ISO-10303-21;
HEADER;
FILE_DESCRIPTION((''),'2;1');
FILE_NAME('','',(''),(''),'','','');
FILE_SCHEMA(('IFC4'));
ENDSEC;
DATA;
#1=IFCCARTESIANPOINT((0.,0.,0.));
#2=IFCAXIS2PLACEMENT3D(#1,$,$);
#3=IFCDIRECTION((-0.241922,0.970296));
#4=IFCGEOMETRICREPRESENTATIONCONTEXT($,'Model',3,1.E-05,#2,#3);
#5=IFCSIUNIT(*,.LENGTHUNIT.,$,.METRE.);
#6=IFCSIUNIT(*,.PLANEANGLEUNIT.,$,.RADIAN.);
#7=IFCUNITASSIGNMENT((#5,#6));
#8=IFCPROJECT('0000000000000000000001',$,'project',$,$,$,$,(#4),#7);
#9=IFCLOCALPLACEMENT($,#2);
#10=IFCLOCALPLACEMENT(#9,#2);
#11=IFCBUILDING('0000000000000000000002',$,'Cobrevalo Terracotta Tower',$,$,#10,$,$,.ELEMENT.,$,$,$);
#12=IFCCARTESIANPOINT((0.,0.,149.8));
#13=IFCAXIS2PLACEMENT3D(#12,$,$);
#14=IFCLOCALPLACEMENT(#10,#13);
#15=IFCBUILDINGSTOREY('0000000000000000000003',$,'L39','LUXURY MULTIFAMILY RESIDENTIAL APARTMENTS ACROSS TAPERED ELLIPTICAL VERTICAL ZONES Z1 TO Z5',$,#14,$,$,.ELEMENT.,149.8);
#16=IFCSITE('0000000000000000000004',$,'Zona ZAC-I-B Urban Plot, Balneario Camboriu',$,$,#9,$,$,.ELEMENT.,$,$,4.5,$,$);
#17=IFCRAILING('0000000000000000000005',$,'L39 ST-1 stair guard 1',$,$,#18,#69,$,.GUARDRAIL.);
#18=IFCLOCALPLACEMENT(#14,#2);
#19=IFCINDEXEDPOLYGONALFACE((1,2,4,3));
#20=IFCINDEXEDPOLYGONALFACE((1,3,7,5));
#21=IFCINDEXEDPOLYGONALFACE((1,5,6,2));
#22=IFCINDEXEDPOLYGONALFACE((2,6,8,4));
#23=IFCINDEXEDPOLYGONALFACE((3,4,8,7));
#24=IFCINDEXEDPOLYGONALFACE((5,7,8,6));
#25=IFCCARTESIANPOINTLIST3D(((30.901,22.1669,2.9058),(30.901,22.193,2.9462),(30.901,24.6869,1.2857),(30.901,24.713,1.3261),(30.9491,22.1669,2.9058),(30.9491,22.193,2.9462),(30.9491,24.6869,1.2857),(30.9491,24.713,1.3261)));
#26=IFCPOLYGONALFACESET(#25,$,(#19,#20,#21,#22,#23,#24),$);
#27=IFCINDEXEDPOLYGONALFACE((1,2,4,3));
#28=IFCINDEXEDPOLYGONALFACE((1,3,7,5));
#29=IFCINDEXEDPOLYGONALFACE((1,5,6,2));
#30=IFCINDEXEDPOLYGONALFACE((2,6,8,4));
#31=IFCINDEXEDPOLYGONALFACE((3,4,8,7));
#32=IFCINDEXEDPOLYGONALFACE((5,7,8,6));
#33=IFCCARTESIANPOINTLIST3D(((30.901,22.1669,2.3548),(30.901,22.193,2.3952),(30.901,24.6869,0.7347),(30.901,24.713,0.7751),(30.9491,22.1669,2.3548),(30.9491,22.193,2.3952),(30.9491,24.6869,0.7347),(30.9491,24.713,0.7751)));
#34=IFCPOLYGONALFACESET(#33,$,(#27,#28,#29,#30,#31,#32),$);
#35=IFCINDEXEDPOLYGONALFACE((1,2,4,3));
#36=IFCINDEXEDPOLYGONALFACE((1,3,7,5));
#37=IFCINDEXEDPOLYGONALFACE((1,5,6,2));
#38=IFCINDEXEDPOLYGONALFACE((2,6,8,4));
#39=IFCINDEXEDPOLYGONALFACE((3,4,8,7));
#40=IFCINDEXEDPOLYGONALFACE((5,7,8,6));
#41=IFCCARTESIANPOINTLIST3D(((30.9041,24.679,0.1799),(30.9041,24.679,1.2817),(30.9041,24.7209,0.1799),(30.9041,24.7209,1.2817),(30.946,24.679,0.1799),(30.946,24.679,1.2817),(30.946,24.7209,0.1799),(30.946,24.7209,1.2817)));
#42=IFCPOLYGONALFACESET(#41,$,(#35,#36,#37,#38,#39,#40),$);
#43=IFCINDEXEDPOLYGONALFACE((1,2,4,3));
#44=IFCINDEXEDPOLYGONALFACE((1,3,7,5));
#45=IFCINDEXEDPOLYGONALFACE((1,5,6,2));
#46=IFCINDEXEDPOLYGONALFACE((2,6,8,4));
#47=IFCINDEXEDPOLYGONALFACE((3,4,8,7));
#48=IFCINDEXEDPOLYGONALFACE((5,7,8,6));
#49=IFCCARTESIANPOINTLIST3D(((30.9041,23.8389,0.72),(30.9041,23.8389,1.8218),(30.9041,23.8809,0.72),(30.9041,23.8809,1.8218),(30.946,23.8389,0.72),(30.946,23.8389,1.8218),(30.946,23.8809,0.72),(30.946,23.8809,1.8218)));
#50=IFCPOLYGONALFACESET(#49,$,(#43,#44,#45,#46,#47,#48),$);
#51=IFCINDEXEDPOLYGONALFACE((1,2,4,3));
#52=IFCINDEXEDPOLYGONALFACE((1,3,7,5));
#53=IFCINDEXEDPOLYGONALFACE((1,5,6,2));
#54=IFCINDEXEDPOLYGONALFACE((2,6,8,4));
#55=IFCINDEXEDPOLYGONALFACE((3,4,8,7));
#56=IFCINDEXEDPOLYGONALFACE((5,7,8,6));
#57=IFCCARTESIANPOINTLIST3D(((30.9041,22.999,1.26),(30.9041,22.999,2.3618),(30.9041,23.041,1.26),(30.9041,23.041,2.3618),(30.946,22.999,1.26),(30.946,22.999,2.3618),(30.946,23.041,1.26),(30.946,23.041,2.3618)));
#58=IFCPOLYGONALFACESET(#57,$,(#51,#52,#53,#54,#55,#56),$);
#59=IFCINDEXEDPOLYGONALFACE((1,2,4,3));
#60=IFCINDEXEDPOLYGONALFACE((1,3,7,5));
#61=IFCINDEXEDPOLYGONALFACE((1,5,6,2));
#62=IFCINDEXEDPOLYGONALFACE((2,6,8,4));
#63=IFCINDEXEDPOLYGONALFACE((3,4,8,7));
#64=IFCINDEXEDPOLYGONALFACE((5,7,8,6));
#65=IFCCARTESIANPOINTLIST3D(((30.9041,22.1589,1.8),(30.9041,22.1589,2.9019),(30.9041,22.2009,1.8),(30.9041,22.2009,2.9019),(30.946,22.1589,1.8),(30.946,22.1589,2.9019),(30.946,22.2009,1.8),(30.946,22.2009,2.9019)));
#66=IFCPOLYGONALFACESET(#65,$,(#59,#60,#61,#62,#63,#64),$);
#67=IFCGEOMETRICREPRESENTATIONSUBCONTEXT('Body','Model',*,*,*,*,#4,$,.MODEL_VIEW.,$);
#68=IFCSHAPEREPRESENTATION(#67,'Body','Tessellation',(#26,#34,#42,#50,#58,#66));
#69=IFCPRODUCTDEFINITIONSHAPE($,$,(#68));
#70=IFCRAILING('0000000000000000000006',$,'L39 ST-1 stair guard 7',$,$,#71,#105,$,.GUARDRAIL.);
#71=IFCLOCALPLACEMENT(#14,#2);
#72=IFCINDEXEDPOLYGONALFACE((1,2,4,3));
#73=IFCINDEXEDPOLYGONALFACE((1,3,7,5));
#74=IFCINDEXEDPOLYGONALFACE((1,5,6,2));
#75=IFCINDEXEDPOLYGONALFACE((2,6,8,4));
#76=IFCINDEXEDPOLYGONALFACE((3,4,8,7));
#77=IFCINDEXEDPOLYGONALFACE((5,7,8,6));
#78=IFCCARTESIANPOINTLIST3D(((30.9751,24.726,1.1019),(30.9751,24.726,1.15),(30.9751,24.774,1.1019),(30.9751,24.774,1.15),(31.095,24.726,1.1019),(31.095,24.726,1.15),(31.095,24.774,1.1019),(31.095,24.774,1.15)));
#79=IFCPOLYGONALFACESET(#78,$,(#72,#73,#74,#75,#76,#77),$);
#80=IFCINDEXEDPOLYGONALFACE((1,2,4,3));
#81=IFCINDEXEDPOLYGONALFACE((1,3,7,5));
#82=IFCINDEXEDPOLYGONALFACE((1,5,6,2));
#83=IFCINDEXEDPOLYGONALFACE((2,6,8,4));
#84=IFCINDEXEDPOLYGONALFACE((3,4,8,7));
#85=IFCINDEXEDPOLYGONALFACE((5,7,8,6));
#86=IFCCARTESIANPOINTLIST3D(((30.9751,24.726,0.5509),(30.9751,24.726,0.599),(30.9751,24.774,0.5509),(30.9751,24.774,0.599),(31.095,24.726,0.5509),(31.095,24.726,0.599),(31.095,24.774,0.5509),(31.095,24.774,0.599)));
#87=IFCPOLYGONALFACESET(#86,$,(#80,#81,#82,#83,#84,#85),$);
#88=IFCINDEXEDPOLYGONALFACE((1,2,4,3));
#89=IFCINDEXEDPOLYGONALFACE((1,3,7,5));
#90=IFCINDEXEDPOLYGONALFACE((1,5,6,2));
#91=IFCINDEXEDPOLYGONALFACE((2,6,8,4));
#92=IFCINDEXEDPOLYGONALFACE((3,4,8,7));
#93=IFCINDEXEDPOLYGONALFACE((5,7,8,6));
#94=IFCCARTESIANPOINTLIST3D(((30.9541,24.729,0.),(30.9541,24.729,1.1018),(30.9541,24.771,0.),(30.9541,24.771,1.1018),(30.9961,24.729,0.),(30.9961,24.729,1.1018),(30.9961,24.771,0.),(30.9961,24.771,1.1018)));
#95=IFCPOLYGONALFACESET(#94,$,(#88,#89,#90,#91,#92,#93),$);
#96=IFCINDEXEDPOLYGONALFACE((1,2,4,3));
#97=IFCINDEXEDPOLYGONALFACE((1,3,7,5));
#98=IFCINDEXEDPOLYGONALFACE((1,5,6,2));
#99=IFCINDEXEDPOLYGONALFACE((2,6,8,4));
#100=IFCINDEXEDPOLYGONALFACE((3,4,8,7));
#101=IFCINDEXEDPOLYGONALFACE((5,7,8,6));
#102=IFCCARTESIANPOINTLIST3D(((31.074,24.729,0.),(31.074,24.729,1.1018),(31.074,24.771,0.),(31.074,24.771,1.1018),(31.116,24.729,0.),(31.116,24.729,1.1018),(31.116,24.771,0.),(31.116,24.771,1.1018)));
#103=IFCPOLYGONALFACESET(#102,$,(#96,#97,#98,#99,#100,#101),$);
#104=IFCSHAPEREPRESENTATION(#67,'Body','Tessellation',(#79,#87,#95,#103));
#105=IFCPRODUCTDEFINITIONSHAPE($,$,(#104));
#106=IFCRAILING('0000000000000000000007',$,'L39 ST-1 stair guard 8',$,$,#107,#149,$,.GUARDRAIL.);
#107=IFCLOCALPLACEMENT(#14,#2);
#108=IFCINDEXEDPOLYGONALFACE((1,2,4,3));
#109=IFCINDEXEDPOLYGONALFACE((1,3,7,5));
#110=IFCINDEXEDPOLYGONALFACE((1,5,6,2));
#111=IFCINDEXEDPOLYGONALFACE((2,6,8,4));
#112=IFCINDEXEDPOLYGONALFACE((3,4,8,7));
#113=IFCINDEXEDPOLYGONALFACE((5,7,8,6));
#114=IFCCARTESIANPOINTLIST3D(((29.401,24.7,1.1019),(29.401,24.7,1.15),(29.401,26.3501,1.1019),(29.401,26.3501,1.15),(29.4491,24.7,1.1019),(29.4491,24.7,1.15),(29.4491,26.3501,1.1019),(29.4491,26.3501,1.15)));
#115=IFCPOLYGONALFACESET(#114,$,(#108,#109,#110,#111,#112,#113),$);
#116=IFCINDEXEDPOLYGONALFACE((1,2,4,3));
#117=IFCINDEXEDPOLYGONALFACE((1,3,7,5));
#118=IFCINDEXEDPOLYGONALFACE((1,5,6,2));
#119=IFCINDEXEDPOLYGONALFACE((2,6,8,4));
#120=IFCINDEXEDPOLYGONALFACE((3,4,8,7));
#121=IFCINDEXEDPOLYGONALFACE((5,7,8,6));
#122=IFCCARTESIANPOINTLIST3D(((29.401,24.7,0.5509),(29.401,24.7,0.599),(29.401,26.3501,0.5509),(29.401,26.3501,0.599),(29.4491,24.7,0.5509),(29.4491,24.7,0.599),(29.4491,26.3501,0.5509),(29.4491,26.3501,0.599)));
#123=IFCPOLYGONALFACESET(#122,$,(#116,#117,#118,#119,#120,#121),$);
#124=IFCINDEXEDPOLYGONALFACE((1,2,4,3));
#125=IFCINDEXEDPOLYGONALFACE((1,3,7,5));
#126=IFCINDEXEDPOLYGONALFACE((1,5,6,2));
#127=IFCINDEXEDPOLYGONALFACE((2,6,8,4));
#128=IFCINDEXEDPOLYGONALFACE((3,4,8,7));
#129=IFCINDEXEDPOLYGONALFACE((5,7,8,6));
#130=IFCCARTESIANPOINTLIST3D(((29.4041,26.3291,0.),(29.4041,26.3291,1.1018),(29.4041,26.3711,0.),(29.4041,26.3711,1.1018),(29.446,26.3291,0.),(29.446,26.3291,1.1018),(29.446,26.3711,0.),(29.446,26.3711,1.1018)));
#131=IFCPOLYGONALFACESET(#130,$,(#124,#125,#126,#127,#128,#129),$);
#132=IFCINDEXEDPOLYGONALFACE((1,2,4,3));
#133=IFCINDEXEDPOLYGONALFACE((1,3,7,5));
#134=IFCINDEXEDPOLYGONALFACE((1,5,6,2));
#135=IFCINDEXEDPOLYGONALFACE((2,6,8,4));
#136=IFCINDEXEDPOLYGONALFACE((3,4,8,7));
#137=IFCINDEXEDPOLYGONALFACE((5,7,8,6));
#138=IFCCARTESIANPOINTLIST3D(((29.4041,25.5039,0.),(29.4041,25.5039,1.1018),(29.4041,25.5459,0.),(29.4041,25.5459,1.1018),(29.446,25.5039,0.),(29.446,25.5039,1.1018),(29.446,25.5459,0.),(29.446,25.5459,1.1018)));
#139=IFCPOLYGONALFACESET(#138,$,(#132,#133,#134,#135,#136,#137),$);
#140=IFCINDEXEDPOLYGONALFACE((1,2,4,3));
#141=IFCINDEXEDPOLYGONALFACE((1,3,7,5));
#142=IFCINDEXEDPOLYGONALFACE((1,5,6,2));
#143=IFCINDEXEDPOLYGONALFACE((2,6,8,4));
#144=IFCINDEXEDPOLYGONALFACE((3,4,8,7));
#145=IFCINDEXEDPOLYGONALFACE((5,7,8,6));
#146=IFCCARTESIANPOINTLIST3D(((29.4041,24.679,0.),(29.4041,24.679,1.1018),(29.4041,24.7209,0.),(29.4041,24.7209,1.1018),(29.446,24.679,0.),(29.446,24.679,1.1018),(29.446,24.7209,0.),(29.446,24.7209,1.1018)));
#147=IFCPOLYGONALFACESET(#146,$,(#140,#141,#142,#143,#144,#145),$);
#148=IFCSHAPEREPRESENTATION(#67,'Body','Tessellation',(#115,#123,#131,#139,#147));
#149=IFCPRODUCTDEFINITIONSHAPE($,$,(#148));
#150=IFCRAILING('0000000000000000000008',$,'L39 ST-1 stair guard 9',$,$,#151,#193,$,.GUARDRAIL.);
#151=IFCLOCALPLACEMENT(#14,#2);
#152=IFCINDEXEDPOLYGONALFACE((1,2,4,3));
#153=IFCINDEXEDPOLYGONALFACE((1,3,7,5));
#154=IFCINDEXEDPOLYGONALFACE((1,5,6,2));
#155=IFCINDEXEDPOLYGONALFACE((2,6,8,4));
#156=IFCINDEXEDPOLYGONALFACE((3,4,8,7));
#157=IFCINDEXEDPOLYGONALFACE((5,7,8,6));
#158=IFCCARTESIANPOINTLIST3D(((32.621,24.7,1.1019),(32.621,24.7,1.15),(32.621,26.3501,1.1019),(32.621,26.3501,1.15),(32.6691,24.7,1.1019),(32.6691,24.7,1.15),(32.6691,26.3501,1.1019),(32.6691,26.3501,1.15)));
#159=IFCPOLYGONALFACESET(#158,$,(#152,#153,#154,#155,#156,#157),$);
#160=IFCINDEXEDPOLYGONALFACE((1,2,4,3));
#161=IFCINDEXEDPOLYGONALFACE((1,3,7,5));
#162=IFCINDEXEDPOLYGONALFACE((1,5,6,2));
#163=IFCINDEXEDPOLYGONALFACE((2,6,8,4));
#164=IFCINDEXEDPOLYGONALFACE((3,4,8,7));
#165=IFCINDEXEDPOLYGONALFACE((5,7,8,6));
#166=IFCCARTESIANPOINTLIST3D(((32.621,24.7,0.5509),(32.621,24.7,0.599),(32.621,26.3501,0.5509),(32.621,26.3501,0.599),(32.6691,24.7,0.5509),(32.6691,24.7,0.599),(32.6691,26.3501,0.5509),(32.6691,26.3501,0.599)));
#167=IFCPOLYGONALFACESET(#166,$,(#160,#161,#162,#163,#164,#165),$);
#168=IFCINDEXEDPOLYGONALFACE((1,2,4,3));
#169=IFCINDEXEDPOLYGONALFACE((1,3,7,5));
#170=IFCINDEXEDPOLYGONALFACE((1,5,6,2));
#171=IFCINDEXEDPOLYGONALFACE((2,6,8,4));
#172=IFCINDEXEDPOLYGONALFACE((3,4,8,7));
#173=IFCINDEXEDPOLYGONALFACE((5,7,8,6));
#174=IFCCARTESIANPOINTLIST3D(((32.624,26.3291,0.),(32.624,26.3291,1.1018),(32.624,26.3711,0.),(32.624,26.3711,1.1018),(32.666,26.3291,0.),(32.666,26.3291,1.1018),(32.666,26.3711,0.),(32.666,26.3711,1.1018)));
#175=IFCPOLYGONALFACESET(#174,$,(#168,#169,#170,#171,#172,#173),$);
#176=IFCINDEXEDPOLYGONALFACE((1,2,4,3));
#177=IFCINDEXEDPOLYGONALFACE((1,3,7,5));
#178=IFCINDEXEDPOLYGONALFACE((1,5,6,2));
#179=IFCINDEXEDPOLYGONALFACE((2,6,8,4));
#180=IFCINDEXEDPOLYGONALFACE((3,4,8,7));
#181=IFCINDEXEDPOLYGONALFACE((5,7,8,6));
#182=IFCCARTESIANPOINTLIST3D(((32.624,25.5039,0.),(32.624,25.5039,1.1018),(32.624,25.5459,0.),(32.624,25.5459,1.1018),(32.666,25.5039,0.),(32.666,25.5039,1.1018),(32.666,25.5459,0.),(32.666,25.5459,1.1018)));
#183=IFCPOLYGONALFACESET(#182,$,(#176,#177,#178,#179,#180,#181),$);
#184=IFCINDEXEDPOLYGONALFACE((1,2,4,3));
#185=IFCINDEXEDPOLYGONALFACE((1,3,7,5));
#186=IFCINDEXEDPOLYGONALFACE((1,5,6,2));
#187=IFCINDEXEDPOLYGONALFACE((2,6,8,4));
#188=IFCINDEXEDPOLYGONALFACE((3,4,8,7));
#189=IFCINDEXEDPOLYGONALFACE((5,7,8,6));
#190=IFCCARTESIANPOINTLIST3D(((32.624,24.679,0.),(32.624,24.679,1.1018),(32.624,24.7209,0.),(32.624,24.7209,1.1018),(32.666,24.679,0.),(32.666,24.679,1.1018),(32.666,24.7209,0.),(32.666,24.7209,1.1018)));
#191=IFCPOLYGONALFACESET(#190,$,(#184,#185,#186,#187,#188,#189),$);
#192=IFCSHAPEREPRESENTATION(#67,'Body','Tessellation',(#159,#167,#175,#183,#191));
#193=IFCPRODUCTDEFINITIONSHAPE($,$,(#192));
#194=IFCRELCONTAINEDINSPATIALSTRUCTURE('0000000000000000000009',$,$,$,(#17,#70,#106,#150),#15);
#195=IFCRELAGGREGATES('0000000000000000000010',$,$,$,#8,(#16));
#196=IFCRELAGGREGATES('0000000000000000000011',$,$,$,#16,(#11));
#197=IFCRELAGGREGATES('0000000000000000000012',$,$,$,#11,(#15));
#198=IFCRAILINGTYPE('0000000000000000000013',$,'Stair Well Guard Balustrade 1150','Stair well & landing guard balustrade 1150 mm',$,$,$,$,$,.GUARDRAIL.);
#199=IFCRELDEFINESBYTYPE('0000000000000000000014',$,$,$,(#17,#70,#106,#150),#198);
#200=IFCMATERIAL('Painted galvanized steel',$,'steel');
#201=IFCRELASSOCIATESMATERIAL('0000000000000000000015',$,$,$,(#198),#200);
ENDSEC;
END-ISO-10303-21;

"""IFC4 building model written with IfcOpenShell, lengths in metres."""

from ifc_helpers import new_model, si_unit, direction, frame, origin, origin_2d, place, context, subcontext, project, spatial, rectangle, extrude, material, type_object, element, save


model = new_model("IFC4")

# Units and contexts
model_context = context("Model", 3, precision=1e-05, world=origin(), true_north=direction((-0.241922, 0.970296)))
body_context = subcontext(model_context, "Body", "Model", "MODEL_VIEW")
ifc_project = project(units=[si_unit("LENGTHUNIT", "METRE"), si_unit("PLANEANGLEUNIT", "RADIAN")], contexts=[model_context])

# Site, building, storey
site_placement = place(None, origin())
site = spatial("IfcSite", under=ifc_project, at=site_placement, Name="Zona ZAC-I-B Urban Plot, Balneario Camboriu", CompositionType="ELEMENT", RefElevation=4.5)
building_placement = place(site_placement, origin())
building = spatial("IfcBuilding", under=site, at=building_placement, Name="Cobrevalo Terracotta Tower", CompositionType="ELEMENT")
storey_placement = place(building_placement, frame((0.0, 0.0, 149.8)))
storey = spatial("IfcBuildingStorey", under=building, at=storey_placement, Name="L39", Description="LUXURY MULTIFAMILY RESIDENTIAL APARTMENTS ACROSS TAPERED ELLIPTICAL VERTICAL ZONES Z1 TO Z5", CompositionType="ELEMENT", Elevation=149.8)

# Railings
ifc_material_1 = material(Name="Painted galvanized steel", Category="steel")
railing_type_1 = type_object("IfcRailingType", Name="Stair Well Guard Balustrade 1150", Description="Stair well & landing guard balustrade 1150 mm", PredefinedType="GUARDRAIL", material=ifc_material_1)
railing_1_placement = place(storey_placement, frame((30.925, 24.7, 0.1799)))
element("IfcRailing", 1, at=railing_1_placement, inside=storey, type_object=railing_type_1, Name="L39 ST-1 stair guard 1", PredefinedType="GUARDRAIL", context=body_context, shape_type="SweptSolid", body=[
    extrude(rectangle(XDim=0.0481, YDim=0.0481, at=origin_2d()), frame((0.0, 0.0, 1.126), z_axis=(0.0, -0.841163, 0.540782), x_axis=(1.0, 0.0, 0.0)), (0.0, 0.0, 1.0), 2.9958),
    extrude(rectangle(XDim=0.0481, YDim=0.0481, at=origin_2d()), frame((0.0, 0.0, 0.575), z_axis=(0.0, -0.841163, 0.540782), x_axis=(1.0, 0.0, 0.0)), (0.0, 0.0, 1.0), 2.9958),
    extrude(rectangle(XDim=0.042, YDim=0.042, at=origin_2d()), origin(), (0.0, 0.0, 1.0), 1.1018),
    extrude(rectangle(XDim=0.042, YDim=0.042, at=origin_2d()), frame((0.0, -0.8401, 0.54)), (0.0, 0.0, 1.0), 1.1018),
    extrude(rectangle(XDim=0.042, YDim=0.042, at=origin_2d()), frame((0.0, -1.6799, 1.0801)), (0.0, 0.0, 1.0), 1.1018),
    extrude(rectangle(XDim=0.042, YDim=0.042, at=origin_2d()), frame((0.0, -2.52, 1.6201)), (0.0, 0.0, 1.0), 1.1018),
])
railing_2_placement = place(storey_placement, frame((30.9751, 24.75, 0.0)))
element("IfcRailing", 2, at=railing_2_placement, inside=storey, type_object=railing_type_1, Name="L39 ST-1 stair guard 7", PredefinedType="GUARDRAIL", context=body_context, shape_type="SweptSolid", body=[
    extrude(rectangle(XDim=0.0481, YDim=0.0481, at=origin_2d()), frame((0.0, 0.0, 1.126), z_axis=(1.0, 0.0, 0.0), x_axis=(0.0, 1.0, 0.0)), (0.0, 0.0, 1.0), 0.1199),
    extrude(rectangle(XDim=0.0481, YDim=0.0481, at=origin_2d()), frame((0.0, 0.0, 0.575), z_axis=(1.0, 0.0, 0.0), x_axis=(0.0, 1.0, 0.0)), (0.0, 0.0, 1.0), 0.1199),
    extrude(rectangle(XDim=0.042, YDim=0.042, at=origin_2d()), origin(), (0.0, 0.0, 1.0), 1.1018),
    extrude(rectangle(XDim=0.042, YDim=0.042, at=origin_2d()), frame((0.1199, 0.0, 0.0)), (0.0, 0.0, 1.0), 1.1018),
])
for number, where, name in (
    (3, (29.425, 26.3501, 0.0), "L39 ST-1 stair guard 8"),
    (4, (32.645, 26.3501, 0.0), "L39 ST-1 stair guard 9"),
):
    element("IfcRailing", number, at=place(storey_placement, frame(where)), inside=storey, type_object=railing_type_1, Name=name, PredefinedType="GUARDRAIL", context=body_context, shape_type="SweptSolid", body=[
        extrude(rectangle(XDim=0.0481, YDim=0.0481, at=origin_2d()), frame((0.0, 0.0, 1.126), z_axis=(0.0, -1.0, 0.0), x_axis=(1.0, 0.0, 0.0)), (0.0, 0.0, 1.0), 1.6501),
        extrude(rectangle(XDim=0.0481, YDim=0.0481, at=origin_2d()), frame((0.0, 0.0, 0.575), z_axis=(0.0, -1.0, 0.0), x_axis=(1.0, 0.0, 0.0)), (0.0, 0.0, 1.0), 1.6501),
        extrude(rectangle(XDim=0.042, YDim=0.042, at=origin_2d()), origin(), (0.0, 0.0, 1.0), 1.1018),
        extrude(rectangle(XDim=0.042, YDim=0.042, at=origin_2d()), frame((0.0, -0.8252, 0.0)), (0.0, 0.0, 1.0), 1.1018),
        extrude(rectangle(XDim=0.042, YDim=0.042, at=origin_2d()), frame((0.0, -1.6501, 0.0)), (0.0, 0.0, 1.0), 1.1018),
    ])

save(model, "model.ifc")
